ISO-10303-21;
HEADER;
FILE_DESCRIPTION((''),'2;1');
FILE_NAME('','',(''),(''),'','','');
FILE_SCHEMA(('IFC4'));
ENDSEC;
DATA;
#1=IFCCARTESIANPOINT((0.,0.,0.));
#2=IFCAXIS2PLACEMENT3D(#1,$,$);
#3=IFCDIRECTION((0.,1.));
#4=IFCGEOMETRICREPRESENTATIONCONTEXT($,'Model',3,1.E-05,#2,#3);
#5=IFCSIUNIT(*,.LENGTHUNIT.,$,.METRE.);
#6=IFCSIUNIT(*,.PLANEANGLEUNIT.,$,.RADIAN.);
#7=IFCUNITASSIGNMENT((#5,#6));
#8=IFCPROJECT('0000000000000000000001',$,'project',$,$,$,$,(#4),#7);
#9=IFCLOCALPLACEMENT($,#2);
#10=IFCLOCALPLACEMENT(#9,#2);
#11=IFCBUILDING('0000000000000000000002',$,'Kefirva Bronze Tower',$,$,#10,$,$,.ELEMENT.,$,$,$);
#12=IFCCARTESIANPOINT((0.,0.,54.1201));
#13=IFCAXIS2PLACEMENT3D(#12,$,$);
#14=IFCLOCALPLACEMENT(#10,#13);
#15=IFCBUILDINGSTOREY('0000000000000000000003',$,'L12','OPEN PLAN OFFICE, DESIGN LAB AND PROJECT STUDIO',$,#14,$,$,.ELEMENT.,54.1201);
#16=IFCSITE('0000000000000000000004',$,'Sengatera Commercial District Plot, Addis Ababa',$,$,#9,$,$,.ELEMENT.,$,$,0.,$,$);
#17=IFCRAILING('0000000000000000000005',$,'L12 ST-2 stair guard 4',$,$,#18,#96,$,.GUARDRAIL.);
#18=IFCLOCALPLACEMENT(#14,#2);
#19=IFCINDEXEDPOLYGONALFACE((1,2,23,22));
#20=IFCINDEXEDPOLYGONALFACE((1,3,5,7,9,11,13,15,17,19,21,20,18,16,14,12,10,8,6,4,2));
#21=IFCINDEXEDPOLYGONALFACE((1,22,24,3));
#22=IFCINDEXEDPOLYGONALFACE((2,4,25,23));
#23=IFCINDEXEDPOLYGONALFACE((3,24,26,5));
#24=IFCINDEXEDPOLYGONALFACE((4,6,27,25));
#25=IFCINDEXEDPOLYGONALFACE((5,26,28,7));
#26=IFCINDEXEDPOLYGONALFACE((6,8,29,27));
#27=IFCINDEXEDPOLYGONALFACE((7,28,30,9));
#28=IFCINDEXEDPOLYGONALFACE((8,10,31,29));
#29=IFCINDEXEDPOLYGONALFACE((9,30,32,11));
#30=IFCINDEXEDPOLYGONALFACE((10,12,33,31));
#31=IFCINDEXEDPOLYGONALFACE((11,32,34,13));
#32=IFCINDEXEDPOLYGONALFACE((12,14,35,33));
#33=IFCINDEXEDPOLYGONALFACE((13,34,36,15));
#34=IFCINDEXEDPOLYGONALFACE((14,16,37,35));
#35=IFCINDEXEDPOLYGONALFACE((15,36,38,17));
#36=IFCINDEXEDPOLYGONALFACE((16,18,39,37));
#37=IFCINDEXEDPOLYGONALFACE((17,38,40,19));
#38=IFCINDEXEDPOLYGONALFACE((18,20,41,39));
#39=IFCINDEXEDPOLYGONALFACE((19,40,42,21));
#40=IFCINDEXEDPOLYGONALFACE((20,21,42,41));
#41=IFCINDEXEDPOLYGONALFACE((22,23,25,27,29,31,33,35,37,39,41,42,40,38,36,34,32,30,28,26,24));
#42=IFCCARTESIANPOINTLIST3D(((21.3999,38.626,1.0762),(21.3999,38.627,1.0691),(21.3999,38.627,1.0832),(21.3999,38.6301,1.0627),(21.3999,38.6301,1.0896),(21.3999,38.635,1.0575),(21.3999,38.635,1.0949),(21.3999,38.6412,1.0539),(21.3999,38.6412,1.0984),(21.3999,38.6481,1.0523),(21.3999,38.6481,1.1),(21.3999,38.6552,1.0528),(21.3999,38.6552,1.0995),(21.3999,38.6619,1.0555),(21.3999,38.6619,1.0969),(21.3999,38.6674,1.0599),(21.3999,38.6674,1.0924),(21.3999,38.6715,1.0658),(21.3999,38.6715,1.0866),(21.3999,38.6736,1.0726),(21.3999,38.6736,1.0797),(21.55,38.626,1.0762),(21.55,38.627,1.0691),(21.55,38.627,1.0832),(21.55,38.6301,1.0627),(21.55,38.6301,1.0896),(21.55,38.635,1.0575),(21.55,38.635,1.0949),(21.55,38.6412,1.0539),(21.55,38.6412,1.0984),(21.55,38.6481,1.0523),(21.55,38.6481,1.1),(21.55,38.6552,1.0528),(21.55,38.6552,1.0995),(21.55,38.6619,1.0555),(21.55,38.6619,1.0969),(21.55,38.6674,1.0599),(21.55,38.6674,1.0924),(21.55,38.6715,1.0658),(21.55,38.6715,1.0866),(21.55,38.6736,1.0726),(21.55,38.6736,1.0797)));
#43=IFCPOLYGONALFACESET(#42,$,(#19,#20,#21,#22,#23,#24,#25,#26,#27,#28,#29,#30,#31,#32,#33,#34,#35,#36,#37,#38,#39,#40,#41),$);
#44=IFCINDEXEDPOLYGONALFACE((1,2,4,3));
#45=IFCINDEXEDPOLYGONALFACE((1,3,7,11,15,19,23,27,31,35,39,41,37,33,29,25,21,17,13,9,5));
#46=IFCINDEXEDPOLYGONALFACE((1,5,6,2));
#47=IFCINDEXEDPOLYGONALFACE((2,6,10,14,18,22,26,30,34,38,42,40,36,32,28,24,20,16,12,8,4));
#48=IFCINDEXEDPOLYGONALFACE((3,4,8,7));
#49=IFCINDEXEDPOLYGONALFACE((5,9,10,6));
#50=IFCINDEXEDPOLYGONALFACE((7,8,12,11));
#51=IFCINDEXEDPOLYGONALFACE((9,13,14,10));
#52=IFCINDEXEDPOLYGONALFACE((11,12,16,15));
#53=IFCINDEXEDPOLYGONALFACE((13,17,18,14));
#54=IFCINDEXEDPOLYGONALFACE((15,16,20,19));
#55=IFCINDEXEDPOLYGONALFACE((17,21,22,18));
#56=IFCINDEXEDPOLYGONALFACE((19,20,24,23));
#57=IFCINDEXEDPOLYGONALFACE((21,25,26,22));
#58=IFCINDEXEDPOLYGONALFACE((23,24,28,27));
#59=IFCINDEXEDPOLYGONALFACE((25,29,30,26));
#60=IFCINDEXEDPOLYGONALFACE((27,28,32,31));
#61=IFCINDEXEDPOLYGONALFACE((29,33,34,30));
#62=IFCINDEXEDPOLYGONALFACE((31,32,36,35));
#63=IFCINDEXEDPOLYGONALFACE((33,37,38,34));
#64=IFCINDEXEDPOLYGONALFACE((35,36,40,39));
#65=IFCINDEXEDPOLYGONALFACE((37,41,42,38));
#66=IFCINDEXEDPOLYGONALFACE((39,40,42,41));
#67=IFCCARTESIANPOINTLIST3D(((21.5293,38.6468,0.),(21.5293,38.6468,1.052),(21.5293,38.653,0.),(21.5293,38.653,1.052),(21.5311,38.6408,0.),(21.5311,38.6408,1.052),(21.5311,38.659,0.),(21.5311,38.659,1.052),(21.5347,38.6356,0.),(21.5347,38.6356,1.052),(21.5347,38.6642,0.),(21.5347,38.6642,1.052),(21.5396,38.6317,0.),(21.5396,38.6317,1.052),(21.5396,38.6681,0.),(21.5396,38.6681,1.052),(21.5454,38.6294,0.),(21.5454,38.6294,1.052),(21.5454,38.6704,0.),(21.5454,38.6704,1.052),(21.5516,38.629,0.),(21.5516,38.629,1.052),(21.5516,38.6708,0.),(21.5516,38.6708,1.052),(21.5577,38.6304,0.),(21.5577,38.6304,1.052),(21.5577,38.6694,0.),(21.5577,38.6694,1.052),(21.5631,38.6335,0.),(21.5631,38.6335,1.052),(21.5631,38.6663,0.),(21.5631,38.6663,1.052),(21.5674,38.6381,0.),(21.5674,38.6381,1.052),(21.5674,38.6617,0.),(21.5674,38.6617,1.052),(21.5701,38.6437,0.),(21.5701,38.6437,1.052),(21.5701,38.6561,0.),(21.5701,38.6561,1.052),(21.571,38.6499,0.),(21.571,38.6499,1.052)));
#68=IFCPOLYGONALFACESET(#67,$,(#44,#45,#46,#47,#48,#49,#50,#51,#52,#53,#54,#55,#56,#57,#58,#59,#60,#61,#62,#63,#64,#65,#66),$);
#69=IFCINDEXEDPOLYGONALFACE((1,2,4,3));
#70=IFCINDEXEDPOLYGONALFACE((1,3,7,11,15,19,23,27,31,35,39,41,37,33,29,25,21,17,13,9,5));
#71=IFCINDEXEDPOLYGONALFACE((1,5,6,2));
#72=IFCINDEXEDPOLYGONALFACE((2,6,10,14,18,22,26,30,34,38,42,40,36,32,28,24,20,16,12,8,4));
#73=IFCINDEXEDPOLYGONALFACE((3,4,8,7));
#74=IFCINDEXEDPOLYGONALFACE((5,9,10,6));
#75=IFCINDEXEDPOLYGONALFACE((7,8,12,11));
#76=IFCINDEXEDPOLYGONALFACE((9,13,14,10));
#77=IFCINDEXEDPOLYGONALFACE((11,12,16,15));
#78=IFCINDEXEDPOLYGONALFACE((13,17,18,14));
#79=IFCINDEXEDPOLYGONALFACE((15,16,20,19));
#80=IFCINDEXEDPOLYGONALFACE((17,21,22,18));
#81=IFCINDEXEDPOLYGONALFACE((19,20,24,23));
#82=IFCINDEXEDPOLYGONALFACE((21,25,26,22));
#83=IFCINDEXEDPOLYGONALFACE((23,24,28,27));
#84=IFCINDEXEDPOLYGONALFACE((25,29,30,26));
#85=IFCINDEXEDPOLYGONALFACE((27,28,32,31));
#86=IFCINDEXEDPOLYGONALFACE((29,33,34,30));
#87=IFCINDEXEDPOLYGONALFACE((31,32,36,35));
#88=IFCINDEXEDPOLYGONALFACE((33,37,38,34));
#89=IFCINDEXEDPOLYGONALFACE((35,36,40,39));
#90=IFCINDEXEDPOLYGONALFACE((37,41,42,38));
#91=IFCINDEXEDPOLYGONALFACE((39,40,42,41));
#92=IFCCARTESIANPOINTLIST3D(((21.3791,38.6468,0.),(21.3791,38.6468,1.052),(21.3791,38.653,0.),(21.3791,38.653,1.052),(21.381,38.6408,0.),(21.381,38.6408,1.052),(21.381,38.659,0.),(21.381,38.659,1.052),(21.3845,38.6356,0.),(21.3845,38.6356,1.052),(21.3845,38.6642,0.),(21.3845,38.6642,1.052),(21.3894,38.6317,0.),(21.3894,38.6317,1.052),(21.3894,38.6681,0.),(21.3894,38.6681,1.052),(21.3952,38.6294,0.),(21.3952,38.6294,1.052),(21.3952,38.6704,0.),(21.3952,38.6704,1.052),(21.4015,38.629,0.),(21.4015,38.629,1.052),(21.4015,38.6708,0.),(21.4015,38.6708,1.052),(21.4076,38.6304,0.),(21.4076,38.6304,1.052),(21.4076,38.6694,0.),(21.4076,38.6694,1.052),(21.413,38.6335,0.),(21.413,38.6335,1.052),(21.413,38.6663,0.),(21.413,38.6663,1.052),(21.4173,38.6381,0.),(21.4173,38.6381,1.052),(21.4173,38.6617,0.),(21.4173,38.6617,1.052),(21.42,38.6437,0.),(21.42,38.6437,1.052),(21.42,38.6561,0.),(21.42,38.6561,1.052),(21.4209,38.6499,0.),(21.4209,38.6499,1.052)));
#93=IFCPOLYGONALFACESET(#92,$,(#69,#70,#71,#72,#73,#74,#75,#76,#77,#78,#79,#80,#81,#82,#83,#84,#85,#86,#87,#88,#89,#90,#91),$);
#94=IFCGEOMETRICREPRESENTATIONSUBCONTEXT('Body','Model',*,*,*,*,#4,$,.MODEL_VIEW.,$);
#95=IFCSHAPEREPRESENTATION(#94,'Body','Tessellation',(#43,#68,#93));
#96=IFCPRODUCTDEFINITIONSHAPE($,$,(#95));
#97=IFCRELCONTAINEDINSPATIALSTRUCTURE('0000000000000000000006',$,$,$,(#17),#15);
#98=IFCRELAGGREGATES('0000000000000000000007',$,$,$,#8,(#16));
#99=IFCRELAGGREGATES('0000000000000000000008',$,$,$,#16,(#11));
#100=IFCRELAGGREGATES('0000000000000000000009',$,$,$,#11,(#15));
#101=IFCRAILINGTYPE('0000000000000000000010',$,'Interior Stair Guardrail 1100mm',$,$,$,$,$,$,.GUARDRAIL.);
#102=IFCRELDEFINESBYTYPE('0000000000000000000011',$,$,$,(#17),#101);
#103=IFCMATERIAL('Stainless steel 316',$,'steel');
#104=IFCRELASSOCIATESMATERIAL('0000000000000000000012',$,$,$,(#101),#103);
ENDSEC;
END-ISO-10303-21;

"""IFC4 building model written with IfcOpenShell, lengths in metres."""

from ifc_helpers import new_model, si_unit, direction, frame, origin, origin_2d, place, context, subcontext, project, spatial, circle, extrude, material, type_object, element, save


model = new_model("IFC4")

# Units and contexts
model_context = context("Model", 3, precision=1e-05, world=origin(), true_north=direction((0.0, 1.0)))
body_context = subcontext(model_context, "Body", "Model", "MODEL_VIEW")
ifc_project = project(units=[si_unit("LENGTHUNIT", "METRE"), si_unit("PLANEANGLEUNIT", "RADIAN")], contexts=[model_context])

# Site, building, storey
site_placement = place(None, origin())
site = spatial("IfcSite", under=ifc_project, at=site_placement, Name="Sengatera Commercial District Plot, Addis Ababa", CompositionType="ELEMENT", RefElevation=0.0)
building_placement = place(site_placement, origin())
building = spatial("IfcBuilding", under=site, at=building_placement, Name="Kefirva Bronze Tower", CompositionType="ELEMENT")
storey_placement = place(building_placement, frame((0.0, 0.0, 54.1201)))
storey = spatial("IfcBuildingStorey", under=building, at=storey_placement, Name="L12", Description="OPEN PLAN OFFICE, DESIGN LAB AND PROJECT STUDIO", CompositionType="ELEMENT", Elevation=54.1201)

# Railing
ifc_material_1 = material(Name="Stainless steel 316", Category="steel")
railing_type_1 = type_object("IfcRailingType", Name="Interior Stair Guardrail 1100mm", PredefinedType="GUARDRAIL", material=ifc_material_1)
railing_1_placement = place(storey_placement, frame((21.55, 38.6499, 0.0)))
element("IfcRailing", 1, at=railing_1_placement, inside=storey, type_object=railing_type_1, Name="L12 ST-2 stair guard 4", PredefinedType="GUARDRAIL", context=body_context, shape_type="SweptSolid", body=[
    extrude(circle(Radius=0.0239, at=origin_2d()), frame((0.0, 0.0, 1.0762), z_axis=(-1.0, 0.0, 0.0), x_axis=(0.0, -1.0, 0.0)), (0.0, 0.0, 1.0), 0.1501),
    extrude(circle(Radius=0.021, at=origin_2d()), origin(), (0.0, 0.0, 1.0), 1.052),
    extrude(circle(Radius=0.021, at=origin_2d()), frame((-0.1501, 0.0, 0.0)), (0.0, 0.0, 1.0), 1.052),
])

save(model, "model.ifc")
